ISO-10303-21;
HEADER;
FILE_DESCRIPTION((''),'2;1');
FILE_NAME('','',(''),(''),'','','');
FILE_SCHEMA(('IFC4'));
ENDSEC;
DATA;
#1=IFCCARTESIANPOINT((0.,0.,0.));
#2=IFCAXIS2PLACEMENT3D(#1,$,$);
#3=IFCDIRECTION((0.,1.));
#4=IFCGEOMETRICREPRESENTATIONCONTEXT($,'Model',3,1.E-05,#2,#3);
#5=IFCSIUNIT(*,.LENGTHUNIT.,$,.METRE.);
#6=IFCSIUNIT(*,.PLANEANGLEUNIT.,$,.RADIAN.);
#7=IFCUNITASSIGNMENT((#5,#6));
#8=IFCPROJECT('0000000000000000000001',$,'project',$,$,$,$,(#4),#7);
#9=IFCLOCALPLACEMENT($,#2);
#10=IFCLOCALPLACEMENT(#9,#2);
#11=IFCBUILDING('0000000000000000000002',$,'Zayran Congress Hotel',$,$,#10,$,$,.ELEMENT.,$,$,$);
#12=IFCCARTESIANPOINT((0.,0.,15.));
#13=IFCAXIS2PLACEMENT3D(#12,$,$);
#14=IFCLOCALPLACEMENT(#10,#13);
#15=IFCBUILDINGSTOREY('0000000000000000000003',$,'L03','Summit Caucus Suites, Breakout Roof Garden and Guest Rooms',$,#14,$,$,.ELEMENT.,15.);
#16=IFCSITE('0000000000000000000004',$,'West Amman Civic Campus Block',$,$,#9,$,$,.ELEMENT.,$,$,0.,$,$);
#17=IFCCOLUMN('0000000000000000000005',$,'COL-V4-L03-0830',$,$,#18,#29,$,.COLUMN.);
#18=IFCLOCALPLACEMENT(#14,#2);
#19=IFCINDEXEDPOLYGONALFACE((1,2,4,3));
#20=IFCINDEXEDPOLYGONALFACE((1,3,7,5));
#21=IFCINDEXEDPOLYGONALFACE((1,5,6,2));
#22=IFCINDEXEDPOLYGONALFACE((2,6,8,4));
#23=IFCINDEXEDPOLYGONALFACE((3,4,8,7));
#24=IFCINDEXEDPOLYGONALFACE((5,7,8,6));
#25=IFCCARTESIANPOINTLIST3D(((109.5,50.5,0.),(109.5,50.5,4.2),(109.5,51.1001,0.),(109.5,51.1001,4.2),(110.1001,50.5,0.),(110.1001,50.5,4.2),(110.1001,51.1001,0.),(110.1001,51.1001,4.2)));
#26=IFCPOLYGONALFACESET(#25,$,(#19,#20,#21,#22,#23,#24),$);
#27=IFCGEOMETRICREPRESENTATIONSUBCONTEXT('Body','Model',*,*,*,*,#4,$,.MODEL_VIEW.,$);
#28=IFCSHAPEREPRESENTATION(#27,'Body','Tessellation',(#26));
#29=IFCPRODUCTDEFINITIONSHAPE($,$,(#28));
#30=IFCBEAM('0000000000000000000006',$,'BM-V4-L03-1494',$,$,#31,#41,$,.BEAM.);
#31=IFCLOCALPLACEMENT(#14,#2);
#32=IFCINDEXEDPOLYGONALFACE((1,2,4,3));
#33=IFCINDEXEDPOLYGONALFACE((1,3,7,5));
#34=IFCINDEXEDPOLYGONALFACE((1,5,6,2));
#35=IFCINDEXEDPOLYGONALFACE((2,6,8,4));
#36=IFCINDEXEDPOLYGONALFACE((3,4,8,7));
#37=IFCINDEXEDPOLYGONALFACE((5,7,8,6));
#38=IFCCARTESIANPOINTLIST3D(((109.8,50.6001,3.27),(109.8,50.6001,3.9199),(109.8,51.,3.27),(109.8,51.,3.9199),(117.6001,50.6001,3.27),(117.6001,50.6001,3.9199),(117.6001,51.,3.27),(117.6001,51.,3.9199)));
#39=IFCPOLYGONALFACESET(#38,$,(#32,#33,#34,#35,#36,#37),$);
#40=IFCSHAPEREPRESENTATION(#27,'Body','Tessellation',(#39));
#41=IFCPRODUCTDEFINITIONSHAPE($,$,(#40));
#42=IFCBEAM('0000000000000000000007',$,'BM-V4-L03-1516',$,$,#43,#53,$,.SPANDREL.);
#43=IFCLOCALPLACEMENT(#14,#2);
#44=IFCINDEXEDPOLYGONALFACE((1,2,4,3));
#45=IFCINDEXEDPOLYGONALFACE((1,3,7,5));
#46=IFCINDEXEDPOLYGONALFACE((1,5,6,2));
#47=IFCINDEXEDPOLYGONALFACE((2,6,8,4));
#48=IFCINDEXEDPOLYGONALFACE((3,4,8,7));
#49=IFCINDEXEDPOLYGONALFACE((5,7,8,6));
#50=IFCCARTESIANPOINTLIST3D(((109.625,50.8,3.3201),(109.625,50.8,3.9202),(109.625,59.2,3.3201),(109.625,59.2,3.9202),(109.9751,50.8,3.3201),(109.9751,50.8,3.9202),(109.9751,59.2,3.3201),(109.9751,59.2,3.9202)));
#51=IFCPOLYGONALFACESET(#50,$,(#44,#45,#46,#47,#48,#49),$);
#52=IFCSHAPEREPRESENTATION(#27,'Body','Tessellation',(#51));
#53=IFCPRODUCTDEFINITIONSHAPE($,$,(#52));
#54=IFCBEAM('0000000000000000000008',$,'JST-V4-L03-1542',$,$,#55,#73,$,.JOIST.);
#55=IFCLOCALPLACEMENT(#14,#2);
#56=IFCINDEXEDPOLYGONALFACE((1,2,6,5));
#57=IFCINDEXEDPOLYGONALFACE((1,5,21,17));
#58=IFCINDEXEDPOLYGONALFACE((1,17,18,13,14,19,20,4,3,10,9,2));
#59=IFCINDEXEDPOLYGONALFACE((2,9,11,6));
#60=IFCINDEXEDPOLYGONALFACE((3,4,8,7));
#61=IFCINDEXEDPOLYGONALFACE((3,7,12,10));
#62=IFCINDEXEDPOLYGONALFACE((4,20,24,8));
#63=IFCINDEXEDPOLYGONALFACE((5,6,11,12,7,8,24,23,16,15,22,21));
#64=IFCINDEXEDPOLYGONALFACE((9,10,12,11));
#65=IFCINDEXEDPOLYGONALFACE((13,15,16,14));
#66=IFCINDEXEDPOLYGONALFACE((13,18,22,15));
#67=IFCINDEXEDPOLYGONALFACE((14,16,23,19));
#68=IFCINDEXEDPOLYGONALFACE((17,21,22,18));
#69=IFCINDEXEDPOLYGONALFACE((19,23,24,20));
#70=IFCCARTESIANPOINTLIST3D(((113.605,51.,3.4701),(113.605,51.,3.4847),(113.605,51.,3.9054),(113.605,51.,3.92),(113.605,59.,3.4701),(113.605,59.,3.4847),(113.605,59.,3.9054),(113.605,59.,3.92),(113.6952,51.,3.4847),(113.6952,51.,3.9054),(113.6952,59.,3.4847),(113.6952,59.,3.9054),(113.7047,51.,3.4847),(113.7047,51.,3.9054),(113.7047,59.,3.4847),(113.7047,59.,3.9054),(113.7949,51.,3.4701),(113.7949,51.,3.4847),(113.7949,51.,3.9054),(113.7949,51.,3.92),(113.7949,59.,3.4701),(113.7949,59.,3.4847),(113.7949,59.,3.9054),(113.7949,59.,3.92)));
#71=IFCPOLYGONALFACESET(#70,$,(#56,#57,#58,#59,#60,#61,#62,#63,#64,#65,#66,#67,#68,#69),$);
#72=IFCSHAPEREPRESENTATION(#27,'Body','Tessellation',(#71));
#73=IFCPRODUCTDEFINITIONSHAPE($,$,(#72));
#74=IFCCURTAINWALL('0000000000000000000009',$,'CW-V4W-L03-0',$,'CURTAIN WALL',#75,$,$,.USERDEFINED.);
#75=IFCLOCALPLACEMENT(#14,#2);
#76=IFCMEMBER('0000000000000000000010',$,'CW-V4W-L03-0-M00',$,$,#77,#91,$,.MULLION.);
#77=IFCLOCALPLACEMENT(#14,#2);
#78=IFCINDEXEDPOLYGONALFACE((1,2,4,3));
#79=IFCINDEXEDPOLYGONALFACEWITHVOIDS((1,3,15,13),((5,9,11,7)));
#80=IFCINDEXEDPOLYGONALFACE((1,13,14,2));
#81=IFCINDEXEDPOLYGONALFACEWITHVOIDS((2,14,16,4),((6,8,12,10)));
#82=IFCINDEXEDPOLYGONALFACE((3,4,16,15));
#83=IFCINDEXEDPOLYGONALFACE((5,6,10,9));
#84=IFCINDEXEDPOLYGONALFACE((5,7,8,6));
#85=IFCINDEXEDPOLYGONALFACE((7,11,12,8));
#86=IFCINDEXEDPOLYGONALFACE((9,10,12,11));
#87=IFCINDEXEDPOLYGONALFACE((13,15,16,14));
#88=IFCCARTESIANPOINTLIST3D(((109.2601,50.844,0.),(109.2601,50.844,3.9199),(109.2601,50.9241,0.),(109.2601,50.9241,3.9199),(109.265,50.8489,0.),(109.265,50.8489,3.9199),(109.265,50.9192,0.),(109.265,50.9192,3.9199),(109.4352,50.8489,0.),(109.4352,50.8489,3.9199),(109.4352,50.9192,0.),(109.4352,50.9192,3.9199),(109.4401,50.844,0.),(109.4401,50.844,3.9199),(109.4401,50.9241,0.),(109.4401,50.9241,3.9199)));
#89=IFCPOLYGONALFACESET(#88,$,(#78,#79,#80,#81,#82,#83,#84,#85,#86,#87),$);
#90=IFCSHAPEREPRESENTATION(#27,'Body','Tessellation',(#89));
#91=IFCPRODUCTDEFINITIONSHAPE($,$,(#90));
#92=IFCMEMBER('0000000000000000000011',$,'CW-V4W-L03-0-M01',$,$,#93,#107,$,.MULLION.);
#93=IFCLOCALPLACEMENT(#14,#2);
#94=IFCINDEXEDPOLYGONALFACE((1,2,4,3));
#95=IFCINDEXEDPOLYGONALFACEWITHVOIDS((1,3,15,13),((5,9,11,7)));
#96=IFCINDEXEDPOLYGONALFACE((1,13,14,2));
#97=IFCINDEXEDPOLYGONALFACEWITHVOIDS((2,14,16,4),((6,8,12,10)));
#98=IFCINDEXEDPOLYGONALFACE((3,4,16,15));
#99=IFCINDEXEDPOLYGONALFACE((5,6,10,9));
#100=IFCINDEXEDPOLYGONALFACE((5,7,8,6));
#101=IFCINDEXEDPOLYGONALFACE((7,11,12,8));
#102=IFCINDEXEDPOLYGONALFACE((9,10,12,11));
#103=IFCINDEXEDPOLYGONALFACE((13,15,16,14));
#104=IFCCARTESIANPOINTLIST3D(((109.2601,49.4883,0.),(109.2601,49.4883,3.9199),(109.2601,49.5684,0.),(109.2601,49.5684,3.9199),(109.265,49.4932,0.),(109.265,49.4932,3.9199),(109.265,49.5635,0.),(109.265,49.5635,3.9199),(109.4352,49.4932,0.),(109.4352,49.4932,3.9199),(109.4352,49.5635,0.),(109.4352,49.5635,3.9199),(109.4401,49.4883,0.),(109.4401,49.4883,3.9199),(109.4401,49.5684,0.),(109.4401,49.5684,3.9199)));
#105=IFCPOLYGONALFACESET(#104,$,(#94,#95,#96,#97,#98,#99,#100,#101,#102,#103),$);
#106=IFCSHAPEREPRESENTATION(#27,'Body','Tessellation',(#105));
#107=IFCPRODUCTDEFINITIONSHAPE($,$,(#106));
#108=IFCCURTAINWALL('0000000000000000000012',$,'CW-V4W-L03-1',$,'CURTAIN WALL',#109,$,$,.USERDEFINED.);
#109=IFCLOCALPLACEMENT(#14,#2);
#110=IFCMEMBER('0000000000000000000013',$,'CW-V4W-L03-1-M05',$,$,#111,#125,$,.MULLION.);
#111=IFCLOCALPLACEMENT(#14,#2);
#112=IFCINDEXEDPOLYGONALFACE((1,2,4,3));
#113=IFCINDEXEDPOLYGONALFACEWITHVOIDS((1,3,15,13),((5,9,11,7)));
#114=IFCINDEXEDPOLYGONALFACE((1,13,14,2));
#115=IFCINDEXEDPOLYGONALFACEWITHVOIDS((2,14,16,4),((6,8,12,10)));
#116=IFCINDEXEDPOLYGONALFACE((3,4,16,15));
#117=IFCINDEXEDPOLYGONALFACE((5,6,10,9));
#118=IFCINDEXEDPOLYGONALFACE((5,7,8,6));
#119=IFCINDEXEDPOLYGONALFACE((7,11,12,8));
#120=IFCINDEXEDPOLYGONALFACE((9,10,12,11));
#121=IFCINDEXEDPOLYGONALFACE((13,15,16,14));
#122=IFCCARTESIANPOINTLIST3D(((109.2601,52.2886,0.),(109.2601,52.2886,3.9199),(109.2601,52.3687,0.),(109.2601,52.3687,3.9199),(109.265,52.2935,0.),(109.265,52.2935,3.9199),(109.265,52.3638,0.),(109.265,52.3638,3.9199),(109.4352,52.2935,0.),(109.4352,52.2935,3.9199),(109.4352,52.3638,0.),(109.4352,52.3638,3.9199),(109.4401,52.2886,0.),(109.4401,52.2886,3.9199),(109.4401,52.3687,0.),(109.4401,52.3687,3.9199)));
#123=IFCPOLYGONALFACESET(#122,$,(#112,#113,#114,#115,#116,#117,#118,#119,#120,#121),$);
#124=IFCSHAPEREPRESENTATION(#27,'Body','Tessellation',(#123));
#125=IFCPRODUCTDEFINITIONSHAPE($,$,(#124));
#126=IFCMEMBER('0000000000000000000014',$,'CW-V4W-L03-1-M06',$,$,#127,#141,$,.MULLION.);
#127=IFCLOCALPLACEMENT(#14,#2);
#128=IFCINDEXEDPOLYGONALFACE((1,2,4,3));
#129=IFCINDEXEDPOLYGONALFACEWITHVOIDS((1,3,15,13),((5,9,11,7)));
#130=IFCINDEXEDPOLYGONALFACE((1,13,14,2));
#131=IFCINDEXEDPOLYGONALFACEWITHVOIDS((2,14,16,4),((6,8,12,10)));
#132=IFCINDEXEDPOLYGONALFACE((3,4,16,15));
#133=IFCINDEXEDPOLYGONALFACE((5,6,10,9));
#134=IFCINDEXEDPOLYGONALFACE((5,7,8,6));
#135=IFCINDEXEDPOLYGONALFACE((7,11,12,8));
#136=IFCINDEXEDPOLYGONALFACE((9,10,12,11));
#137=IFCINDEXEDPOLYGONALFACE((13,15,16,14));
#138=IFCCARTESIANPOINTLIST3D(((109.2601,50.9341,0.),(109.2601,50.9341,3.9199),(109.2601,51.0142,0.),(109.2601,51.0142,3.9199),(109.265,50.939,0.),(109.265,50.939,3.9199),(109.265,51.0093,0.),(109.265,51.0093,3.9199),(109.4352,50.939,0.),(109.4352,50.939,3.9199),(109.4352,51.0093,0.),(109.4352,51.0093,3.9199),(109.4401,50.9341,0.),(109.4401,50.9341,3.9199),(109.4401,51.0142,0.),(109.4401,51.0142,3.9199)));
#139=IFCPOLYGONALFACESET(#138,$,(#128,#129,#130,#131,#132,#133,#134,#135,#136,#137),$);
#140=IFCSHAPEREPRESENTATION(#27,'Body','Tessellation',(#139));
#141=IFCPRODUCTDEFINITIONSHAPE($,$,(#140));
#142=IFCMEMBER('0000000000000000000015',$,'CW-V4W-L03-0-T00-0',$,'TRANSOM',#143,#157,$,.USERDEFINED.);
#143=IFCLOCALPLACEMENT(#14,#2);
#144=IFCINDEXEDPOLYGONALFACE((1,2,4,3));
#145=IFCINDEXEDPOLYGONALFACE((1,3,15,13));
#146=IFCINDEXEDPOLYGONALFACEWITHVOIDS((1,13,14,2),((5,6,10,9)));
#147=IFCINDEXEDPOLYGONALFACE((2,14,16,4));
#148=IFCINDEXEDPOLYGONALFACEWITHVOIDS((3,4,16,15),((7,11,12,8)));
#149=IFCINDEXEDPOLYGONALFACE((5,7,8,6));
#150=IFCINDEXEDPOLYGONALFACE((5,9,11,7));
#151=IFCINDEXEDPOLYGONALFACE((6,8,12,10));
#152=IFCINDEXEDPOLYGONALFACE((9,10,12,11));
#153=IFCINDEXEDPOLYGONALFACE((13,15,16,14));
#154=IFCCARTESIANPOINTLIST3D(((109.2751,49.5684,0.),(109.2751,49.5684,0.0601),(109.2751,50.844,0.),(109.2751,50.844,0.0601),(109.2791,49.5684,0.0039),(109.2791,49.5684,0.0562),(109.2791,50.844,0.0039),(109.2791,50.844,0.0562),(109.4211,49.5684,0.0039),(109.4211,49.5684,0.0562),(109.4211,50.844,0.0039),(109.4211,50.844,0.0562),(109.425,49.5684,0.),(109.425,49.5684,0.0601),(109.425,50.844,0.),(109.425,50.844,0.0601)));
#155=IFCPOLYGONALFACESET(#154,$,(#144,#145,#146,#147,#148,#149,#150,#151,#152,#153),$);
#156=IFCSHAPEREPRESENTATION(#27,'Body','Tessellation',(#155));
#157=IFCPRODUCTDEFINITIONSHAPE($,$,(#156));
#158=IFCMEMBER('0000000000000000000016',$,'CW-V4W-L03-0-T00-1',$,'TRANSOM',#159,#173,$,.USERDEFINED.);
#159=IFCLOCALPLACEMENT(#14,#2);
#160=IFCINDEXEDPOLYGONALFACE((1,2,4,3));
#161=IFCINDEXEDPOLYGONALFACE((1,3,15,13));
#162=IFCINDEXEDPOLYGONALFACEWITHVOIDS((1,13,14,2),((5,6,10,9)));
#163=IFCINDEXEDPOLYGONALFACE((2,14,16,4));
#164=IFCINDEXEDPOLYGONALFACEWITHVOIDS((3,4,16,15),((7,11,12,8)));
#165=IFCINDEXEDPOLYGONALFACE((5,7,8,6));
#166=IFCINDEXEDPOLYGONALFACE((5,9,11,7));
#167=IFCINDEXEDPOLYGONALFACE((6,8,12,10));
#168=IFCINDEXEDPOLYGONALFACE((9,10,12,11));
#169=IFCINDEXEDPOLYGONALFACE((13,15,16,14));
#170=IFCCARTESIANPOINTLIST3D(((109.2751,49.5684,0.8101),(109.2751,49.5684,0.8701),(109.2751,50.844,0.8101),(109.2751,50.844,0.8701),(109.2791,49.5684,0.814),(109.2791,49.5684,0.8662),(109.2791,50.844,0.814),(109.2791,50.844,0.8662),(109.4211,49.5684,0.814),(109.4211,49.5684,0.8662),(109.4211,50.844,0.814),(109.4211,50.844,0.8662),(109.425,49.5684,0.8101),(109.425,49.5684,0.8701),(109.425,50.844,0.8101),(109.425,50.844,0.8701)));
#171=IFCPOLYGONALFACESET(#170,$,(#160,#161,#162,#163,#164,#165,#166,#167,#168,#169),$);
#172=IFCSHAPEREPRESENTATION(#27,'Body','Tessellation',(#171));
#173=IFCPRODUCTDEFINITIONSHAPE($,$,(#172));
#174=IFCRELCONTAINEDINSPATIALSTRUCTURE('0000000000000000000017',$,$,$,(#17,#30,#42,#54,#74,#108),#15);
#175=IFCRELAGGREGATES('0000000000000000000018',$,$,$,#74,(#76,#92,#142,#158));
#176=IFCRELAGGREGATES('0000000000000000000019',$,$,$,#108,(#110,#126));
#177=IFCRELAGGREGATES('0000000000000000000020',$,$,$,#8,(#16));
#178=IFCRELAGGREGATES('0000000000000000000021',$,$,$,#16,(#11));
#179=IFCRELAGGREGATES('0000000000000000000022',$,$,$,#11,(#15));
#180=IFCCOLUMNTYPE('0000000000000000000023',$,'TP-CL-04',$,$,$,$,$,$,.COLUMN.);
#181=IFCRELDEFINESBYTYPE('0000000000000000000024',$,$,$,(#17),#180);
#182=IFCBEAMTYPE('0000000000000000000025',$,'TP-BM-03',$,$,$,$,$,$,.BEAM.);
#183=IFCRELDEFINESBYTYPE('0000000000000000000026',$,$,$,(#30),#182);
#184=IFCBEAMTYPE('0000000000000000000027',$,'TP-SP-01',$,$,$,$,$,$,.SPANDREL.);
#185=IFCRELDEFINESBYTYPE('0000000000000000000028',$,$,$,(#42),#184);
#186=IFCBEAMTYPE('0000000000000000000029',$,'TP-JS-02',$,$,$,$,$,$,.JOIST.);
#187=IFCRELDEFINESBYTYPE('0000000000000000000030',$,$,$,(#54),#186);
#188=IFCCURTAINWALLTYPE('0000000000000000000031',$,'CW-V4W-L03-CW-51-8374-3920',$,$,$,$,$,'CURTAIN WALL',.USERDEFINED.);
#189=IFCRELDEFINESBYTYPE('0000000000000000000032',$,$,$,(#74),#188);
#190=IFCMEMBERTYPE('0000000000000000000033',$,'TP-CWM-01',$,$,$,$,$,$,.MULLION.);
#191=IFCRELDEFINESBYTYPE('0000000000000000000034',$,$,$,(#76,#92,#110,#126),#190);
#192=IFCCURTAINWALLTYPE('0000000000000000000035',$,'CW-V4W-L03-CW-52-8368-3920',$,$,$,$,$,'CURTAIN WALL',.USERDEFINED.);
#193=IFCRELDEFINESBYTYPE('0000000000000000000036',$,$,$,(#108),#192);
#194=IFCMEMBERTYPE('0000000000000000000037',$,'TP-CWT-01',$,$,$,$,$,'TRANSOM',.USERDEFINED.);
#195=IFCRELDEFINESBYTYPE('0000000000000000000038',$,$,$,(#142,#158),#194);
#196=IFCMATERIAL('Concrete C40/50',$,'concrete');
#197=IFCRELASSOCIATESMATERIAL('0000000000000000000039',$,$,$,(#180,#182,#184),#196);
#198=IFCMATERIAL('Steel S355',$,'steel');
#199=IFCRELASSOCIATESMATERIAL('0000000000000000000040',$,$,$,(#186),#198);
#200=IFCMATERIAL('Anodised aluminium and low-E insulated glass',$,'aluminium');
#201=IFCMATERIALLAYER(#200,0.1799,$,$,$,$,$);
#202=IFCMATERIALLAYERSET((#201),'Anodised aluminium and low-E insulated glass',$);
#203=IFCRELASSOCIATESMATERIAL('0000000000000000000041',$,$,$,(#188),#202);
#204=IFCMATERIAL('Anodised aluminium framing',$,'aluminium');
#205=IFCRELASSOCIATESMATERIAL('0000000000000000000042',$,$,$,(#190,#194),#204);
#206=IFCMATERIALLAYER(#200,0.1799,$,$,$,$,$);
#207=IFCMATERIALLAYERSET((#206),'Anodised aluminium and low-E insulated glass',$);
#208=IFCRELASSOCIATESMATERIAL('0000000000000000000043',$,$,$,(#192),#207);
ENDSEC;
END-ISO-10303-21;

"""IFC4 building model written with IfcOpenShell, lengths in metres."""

from ifc_helpers import new_model, si_unit, direction, frame, origin, origin_2d, place, context, subcontext, project, spatial, rectangle, hollow_rectangle, i_section, extrude, material, layer, layer_set, material_profile, profile_set, type_object, element, aggregate, save


model = new_model("IFC4")

# Units and contexts
model_context = context("Model", 3, precision=1e-05, world=origin(), true_north=direction((0.0, 1.0)))
body_context = subcontext(model_context, "Body", "Model", "MODEL_VIEW")
ifc_project = project(units=[si_unit("LENGTHUNIT", "METRE"), si_unit("PLANEANGLEUNIT", "RADIAN")], contexts=[model_context])

# Site, building, storey
site_placement = place(None, origin())
site = spatial("IfcSite", under=ifc_project, at=site_placement, Name="West Amman Civic Campus Block", CompositionType="ELEMENT", RefElevation=0.0)
building_placement = place(site_placement, origin())
building = spatial("IfcBuilding", under=site, at=building_placement, Name="Zayran Congress Hotel", CompositionType="ELEMENT")
storey_placement = place(building_placement, frame((0.0, 0.0, 15.0)))
storey = spatial("IfcBuildingStorey", under=building, at=storey_placement, Name="L03", Description="Summit Caucus Suites, Breakout Roof Garden and Guest Rooms", CompositionType="ELEMENT", Elevation=15.0)

# Column
ifc_material_1 = material(Name="Concrete C40/50", Category="concrete")
ifc_material_profile_1 = material_profile(ifc_material_1, rectangle(XDim=0.6001, YDim=0.6001, at=origin_2d()), Name="RC 600x600")
ifc_profile_set_1 = profile_set([ifc_material_profile_1], Name="Concrete C40/50")
column_type = type_object("IfcColumnType", Name="TP-CL-04", PredefinedType="COLUMN", material=ifc_profile_set_1)
column_placement = place(storey_placement, frame((109.8, 50.8, 0.0), z_axis=(0.0, 0.0, 1.0), x_axis=(1.0, 0.0, 0.0)))
element("IfcColumn", 1, at=column_placement, inside=storey, type_object=column_type, Name="COL-V4-L03-0830", PredefinedType="COLUMN", context=body_context, shape_type="SweptSolid", body=[
    extrude(rectangle(XDim=0.6001, YDim=0.6001, at=origin_2d()), origin(), (0.0, 0.0, 1.0), 4.2),
])

# Beams
ifc_material_profile_2 = material_profile(ifc_material_1, rectangle(XDim=0.3999, YDim=0.6499, at=origin_2d()), Name="RC 400x650")
ifc_profile_set_2 = profile_set([ifc_material_profile_2], Name="Concrete C40/50")
beam_type_1 = type_object("IfcBeamType", Name="TP-BM-03", PredefinedType="BEAM", material=ifc_profile_set_2)
beam_1_placement = place(storey_placement, frame((109.8, 50.8, 3.595), z_axis=(1.0, 0.0, 0.0), x_axis=(0.0, 1.0, 0.0)))
element("IfcBeam", 2, at=beam_1_placement, inside=storey, type_object=beam_type_1, Name="BM-V4-L03-1494", PredefinedType="BEAM", context=body_context, shape_type="SweptSolid", body=[
    extrude(rectangle(XDim=0.3999, YDim=0.6499, at=origin_2d()), origin(), (0.0, 0.0, 1.0), 7.8),
])
ifc_material_profile_3 = material_profile(ifc_material_1, rectangle(XDim=0.3501, YDim=0.6001, at=origin_2d()), Name="RC 350x600")
ifc_profile_set_3 = profile_set([ifc_material_profile_3], Name="Concrete C40/50")
beam_type_2 = type_object("IfcBeamType", Name="TP-SP-01", PredefinedType="SPANDREL", material=ifc_profile_set_3)
beam_2_placement = place(storey_placement, frame((109.8, 50.8, 3.6201), z_axis=(0.0, 1.0, 0.0), x_axis=(-1.0, 0.0, 0.0)))
element("IfcBeam", 3, at=beam_2_placement, inside=storey, type_object=beam_type_2, Name="BM-V4-L03-1516", PredefinedType="SPANDREL", context=body_context, shape_type="SweptSolid", body=[
    extrude(rectangle(XDim=0.3501, YDim=0.6001, at=origin_2d()), origin(), (0.0, 0.0, 1.0), 8.3999),
])
ifc_material_2 = material(Name="Steel S355", Category="steel")
ifc_material_profile_4 = material_profile(ifc_material_2, i_section(OverallWidth=0.1899, OverallDepth=0.45, WebThickness=0.0095, FlangeThickness=0.0146, at=origin_2d()), Name="IPE 450")
ifc_profile_set_4 = profile_set([ifc_material_profile_4], Name="Steel S355")
beam_type_3 = type_object("IfcBeamType", Name="TP-JS-02", PredefinedType="JOIST", material=ifc_profile_set_4)
beam_3_placement = place(storey_placement, frame((113.7, 51.0, 3.6951), z_axis=(0.0, 1.0, 0.0), x_axis=(-1.0, 0.0, 0.0)))
element("IfcBeam", 4, at=beam_3_placement, inside=storey, type_object=beam_type_3, Name="JST-V4-L03-1542", PredefinedType="JOIST", context=body_context, shape_type="SweptSolid", body=[
    extrude(i_section(OverallWidth=0.1899, OverallDepth=0.45, WebThickness=0.0095, FlangeThickness=0.0146, at=origin_2d()), origin(), (0.0, 0.0, 1.0), 8.0),
])

# Curtain walls, members
ifc_material_3 = material(Name="Anodised aluminium and low-E insulated glass", Category="aluminium")
ifc_layer_1 = layer(ifc_material_3, 0.1799)
ifc_layer_set_1 = layer_set([ifc_layer_1], Name="Anodised aluminium and low-E insulated glass")
curtain_wall_type_1 = type_object("IfcCurtainWallType", Name="CW-V4W-L03-CW-51-8374-3920", ElementType="CURTAIN WALL", PredefinedType="USERDEFINED", material=ifc_layer_set_1)
curtain_wall_1_placement = place(storey_placement, origin())
curtain_wall_1 = element("IfcCurtainWall", 5, at=curtain_wall_1_placement, inside=storey, type_object=curtain_wall_type_1, Name="CW-V4W-L03-0", ObjectType="CURTAIN WALL", PredefinedType="USERDEFINED")
ifc_material_4 = material(Name="Anodised aluminium framing", Category="aluminium")
ifc_material_profile_5 = material_profile(ifc_material_4, hollow_rectangle(XDim=0.0801, YDim=0.1799, WallThickness=0.0049, at=origin_2d()), Name="RHS 180x80x5")
ifc_profile_set_5 = profile_set([ifc_material_profile_5], Name="Anodised aluminium framing")
member_type_1 = type_object("IfcMemberType", Name="TP-CWM-01", PredefinedType="MULLION", material=ifc_profile_set_5)
member_1_placement = place(storey_placement, frame((109.3501, 50.884, 0.0), z_axis=(0.0, 0.0, 1.0), x_axis=(0.0, 1.0, 0.0)))
member_1 = element("IfcMember", 6, at=member_1_placement, type_object=member_type_1, Name="CW-V4W-L03-0-M00", PredefinedType="MULLION", context=body_context, shape_type="SweptSolid", body=[
    extrude(hollow_rectangle(XDim=0.0801, YDim=0.1799, WallThickness=0.0049, at=origin_2d()), origin(), (0.0, 0.0, 1.0), 3.9199),
])
member_2_placement = place(storey_placement, frame((109.3501, 49.5283, 0.0), z_axis=(0.0, 0.0, 1.0), x_axis=(0.0, 1.0, 0.0)))
member_2 = element("IfcMember", 7, at=member_2_placement, type_object=member_type_1, Name="CW-V4W-L03-0-M01", PredefinedType="MULLION", context=body_context, shape_type="SweptSolid", body=[
    extrude(hollow_rectangle(XDim=0.0801, YDim=0.1799, WallThickness=0.0049, at=origin_2d()), origin(), (0.0, 0.0, 1.0), 3.9199),
])
ifc_layer_2 = layer(ifc_material_3, 0.1799)
ifc_layer_set_2 = layer_set([ifc_layer_2], Name="Anodised aluminium and low-E insulated glass")
curtain_wall_type_2 = type_object("IfcCurtainWallType", Name="CW-V4W-L03-CW-52-8368-3920", ElementType="CURTAIN WALL", PredefinedType="USERDEFINED", material=ifc_layer_set_2)
curtain_wall_2_placement = place(storey_placement, origin())
curtain_wall_2 = element("IfcCurtainWall", 8, at=curtain_wall_2_placement, inside=storey, type_object=curtain_wall_type_2, Name="CW-V4W-L03-1", ObjectType="CURTAIN WALL", PredefinedType="USERDEFINED")
member_3_placement = place(storey_placement, frame((109.3501, 52.3286, 0.0), z_axis=(0.0, 0.0, 1.0), x_axis=(0.0, 1.0, 0.0)))
member_3 = element("IfcMember", 9, at=member_3_placement, type_object=member_type_1, Name="CW-V4W-L03-1-M05", PredefinedType="MULLION", context=body_context, shape_type="SweptSolid", body=[
    extrude(hollow_rectangle(XDim=0.0801, YDim=0.1799, WallThickness=0.0049, at=origin_2d()), origin(), (0.0, 0.0, 1.0), 3.9199),
])
member_4_placement = place(storey_placement, frame((109.3501, 50.9741, 0.0), z_axis=(0.0, 0.0, 1.0), x_axis=(0.0, 1.0, 0.0)))
member_4 = element("IfcMember", 10, at=member_4_placement, type_object=member_type_1, Name="CW-V4W-L03-1-M06", PredefinedType="MULLION", context=body_context, shape_type="SweptSolid", body=[
    extrude(hollow_rectangle(XDim=0.0801, YDim=0.1799, WallThickness=0.0049, at=origin_2d()), origin(), (0.0, 0.0, 1.0), 3.9199),
])

# Members
ifc_material_profile_6 = material_profile(ifc_material_4, hollow_rectangle(XDim=0.0601, YDim=0.1499, WallThickness=0.0039, at=origin_2d()), Name="RHS 150x60x4")
ifc_profile_set_6 = profile_set([ifc_material_profile_6], Name="Anodised aluminium framing")
member_type_2 = type_object("IfcMemberType", Name="TP-CWT-01", ElementType="TRANSOM", PredefinedType="USERDEFINED", material=ifc_profile_set_6)
member_5_placement = place(storey_placement, frame((109.3501, 50.844, 0.03), z_axis=(0.0, -1.0, 0.0), x_axis=(0.0, 0.0, 1.0)))
member_5 = element("IfcMember", 11, at=member_5_placement, type_object=member_type_2, Name="CW-V4W-L03-0-T00-0", ObjectType="TRANSOM", PredefinedType="USERDEFINED", context=body_context, shape_type="SweptSolid", body=[
    extrude(hollow_rectangle(XDim=0.0601, YDim=0.1499, WallThickness=0.0039, at=origin_2d()), origin(), (0.0, 0.0, 1.0), 1.2756),
])
member_6_placement = place(storey_placement, frame((109.3501, 50.844, 0.8401), z_axis=(0.0, -1.0, 0.0), x_axis=(0.0, 0.0, 1.0)))
member_6 = element("IfcMember", 12, at=member_6_placement, type_object=member_type_2, Name="CW-V4W-L03-0-T00-1", ObjectType="TRANSOM", PredefinedType="USERDEFINED", context=body_context, shape_type="SweptSolid", body=[
    extrude(hollow_rectangle(XDim=0.0601, YDim=0.1499, WallThickness=0.0039, at=origin_2d()), origin(), (0.0, 0.0, 1.0), 1.2756),
])

aggregate(curtain_wall_1, [member_1, member_2, member_5, member_6])
aggregate(curtain_wall_2, [member_3, member_4])

save(model, "model.ifc")
